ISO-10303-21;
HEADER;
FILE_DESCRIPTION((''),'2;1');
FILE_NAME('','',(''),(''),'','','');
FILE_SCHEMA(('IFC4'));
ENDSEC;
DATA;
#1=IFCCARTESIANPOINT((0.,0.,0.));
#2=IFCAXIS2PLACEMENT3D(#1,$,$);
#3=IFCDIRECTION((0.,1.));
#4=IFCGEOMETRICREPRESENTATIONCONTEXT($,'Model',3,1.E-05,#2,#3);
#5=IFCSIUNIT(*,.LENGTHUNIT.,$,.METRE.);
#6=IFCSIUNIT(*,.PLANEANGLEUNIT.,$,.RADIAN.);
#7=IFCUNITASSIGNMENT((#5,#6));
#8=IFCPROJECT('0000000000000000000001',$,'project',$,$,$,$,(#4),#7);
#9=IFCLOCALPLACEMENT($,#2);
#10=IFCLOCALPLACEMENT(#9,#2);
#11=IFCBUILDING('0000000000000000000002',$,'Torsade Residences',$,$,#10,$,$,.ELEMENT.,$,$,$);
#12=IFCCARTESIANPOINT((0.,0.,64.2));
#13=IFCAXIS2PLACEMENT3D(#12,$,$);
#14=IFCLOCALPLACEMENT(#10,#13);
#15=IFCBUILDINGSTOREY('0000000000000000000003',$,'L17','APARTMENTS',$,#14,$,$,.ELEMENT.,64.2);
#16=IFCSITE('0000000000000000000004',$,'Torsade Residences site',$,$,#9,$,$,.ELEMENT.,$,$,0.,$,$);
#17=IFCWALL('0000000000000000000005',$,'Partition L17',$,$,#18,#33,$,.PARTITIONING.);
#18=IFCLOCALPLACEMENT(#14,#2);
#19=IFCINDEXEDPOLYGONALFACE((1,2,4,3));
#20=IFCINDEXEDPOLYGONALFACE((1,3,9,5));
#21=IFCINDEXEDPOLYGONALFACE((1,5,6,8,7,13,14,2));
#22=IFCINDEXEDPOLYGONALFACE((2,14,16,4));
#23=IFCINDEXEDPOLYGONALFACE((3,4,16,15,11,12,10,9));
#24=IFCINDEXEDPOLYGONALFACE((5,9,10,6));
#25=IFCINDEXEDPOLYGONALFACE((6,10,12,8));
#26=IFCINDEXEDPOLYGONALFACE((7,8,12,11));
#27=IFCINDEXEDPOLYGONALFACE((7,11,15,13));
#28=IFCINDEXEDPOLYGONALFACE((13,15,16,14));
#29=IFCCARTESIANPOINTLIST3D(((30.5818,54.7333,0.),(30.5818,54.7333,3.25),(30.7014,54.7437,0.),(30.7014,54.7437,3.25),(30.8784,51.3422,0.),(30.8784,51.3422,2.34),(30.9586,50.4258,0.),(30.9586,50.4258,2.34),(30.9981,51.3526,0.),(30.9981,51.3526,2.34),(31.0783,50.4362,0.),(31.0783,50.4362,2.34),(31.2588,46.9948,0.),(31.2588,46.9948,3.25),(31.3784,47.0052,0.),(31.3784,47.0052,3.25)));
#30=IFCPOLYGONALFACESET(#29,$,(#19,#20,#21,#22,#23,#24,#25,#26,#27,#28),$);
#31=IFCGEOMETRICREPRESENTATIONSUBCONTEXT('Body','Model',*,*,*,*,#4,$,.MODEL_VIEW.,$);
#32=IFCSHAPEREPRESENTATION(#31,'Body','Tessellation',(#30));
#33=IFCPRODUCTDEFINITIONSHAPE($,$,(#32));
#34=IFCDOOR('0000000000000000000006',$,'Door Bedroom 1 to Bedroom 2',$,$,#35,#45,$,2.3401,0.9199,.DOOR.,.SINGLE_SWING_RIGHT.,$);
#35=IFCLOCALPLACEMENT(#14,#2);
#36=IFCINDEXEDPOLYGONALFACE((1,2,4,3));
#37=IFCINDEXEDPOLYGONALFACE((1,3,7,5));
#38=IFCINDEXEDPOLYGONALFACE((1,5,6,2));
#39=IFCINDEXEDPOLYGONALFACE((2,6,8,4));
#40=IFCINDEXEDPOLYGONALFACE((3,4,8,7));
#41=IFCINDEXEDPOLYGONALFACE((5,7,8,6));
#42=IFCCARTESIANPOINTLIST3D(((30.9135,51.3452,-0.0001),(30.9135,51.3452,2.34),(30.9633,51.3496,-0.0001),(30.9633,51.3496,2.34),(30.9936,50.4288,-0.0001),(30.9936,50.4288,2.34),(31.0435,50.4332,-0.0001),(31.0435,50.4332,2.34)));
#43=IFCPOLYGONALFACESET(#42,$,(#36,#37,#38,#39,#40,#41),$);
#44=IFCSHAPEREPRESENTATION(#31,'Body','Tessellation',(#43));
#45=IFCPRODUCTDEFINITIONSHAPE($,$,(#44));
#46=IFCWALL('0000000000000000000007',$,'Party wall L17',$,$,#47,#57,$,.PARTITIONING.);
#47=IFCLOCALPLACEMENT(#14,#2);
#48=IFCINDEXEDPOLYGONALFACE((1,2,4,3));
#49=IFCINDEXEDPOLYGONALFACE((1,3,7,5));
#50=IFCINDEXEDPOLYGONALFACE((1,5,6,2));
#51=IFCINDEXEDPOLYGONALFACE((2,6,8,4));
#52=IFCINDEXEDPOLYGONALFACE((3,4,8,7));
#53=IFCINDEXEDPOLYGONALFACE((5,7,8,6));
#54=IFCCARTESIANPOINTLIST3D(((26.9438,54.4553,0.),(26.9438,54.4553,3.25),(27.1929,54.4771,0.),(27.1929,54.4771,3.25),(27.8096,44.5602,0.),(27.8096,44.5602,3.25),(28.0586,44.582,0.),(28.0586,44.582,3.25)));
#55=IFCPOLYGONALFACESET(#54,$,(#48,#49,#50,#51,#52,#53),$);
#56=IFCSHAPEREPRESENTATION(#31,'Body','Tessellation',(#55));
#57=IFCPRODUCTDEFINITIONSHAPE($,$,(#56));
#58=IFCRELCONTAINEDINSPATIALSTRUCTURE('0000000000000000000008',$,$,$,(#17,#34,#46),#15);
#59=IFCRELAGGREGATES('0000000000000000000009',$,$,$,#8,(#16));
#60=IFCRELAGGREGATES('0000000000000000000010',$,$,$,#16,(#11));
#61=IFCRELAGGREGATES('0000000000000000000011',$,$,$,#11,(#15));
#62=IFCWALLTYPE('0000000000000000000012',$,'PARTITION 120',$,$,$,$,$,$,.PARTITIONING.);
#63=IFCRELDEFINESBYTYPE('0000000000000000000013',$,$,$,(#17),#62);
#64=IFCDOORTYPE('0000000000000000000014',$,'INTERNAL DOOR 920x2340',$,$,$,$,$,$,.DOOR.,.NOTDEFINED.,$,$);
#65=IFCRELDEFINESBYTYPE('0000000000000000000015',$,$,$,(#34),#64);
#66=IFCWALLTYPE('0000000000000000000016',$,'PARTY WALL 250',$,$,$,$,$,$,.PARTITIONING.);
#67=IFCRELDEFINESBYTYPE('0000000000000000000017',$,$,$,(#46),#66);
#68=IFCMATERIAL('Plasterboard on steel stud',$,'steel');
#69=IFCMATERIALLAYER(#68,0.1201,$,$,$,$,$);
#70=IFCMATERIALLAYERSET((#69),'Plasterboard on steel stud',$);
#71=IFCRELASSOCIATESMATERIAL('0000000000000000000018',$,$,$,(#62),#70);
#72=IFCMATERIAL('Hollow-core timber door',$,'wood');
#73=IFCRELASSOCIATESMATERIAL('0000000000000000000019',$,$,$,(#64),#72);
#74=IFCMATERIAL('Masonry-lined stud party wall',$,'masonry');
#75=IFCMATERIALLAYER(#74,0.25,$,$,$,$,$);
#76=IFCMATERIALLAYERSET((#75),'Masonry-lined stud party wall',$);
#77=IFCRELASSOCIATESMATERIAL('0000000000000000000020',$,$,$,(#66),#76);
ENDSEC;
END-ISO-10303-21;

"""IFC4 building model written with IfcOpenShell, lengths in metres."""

from ifc_helpers import new_model, si_unit, direction, frame, frame_2d, origin, place, context, subcontext, project, spatial, rectangle, extrude, material, layer, layer_set, type_object, element, fill, save


model = new_model("IFC4")

# Units and contexts
model_context = context("Model", 3, precision=1e-05, world=origin(), true_north=direction((0.0, 1.0)))
body_context = subcontext(model_context, "Body", "Model", "MODEL_VIEW")
ifc_project = project(units=[si_unit("LENGTHUNIT", "METRE"), si_unit("PLANEANGLEUNIT", "RADIAN")], contexts=[model_context])

# Site, building, storey
site_placement = place(None, origin())
site = spatial("IfcSite", under=ifc_project, at=site_placement, Name="Torsade Residences site", CompositionType="ELEMENT", RefElevation=0.0)
building_placement = place(site_placement, origin())
building = spatial("IfcBuilding", under=site, at=building_placement, Name="Torsade Residences", CompositionType="ELEMENT")
storey_placement = place(building_placement, frame((0.0, 0.0, 64.2)))
storey = spatial("IfcBuildingStorey", under=building, at=storey_placement, Name="L17", Description="APARTMENTS", CompositionType="ELEMENT", Elevation=64.2)

# Shared definitions
ifc_material_1 = material(Name="Plasterboard on steel stud", Category="steel")
ifc_layer_1 = layer(ifc_material_1, 0.1201)
ifc_layer_set_1 = layer_set([ifc_layer_1], Name="Plasterboard on steel stud")
wall_type_1 = type_object("IfcWallType", Name="PARTITION 120", PredefinedType="PARTITIONING", material=ifc_layer_set_1)
ifc_material_2 = material(Name="Hollow-core timber door", Category="wood")
door_type_1 = type_object("IfcDoorType", Name="INTERNAL DOOR 920x2340", OperationType="NOTDEFINED", PredefinedType="DOOR", material=ifc_material_2)

# Wall, opening, door
wall_1_placement = place(storey_placement, frame((31.3186, 47.0, 0.0), z_axis=(0.0, 0.0, 1.0), x_axis=(-0.087152, 0.996195, 0.0)))
wall_1 = element("IfcWall", 1, at=wall_1_placement, inside=storey, type_object=wall_type_1, Name="Partition L17", PredefinedType="PARTITIONING", context=body_context, shape_type="SweptSolid", body=[
    extrude(rectangle(XDim=7.7681, YDim=0.1201, at=frame_2d((3.884, 0.0))), origin(), (0.0, 0.0, 1.0), 3.25),
])
opening_1_placement = place(wall_1_placement, frame((3.4441, 0.0, 0.0)))
opening_1 = element("IfcOpeningElement", 2, at=opening_1_placement, cuts=wall_1, PredefinedType="OPENING", context=body_context, shape_type="SweptSolid", body=[
    extrude(rectangle(XDim=0.9199, YDim=2.3401, at=frame_2d((0.46, 1.1699))), frame((0.0, 0.0701, 0.0), z_axis=(0.0, -1.0, 0.0), x_axis=(1.0, 0.0, 0.0)), (0.0, 0.0, 1.0), 0.1401),
])
door_1_placement = place(opening_1_placement, origin())
door_1 = element("IfcDoor", 3, at=door_1_placement, inside=storey, type_object=door_type_1, Name="Door Bedroom 1 to Bedroom 2", OperationType="SINGLE_SWING_RIGHT", OverallHeight=2.3401, OverallWidth=0.9199, PredefinedType="DOOR", context=body_context, shape_type="SweptSolid", body=[
    extrude(rectangle(XDim=0.9199, YDim=2.3401, at=frame_2d((0.46, 1.1699))), frame((0.0, 0.0249, 0.0), z_axis=(0.0, -1.0, 0.0), x_axis=(1.0, 0.0, 0.0)), (0.0, 0.0, 1.0), 0.05),
])
fill(opening_1, door_1)

# Wall
ifc_material_3 = material(Name="Masonry-lined stud party wall", Category="masonry")
ifc_layer_2 = layer(ifc_material_3, 0.25)
ifc_layer_set_2 = layer_set([ifc_layer_2], Name="Masonry-lined stud party wall")
wall_type_2 = type_object("IfcWallType", Name="PARTY WALL 250", PredefinedType="PARTITIONING", material=ifc_layer_set_2)
wall_2_placement = place(storey_placement, frame((27.0684, 54.4661, 0.0), z_axis=(0.0, 0.0, 1.0), x_axis=(0.087158, -0.996195, 0.0)))
element("IfcWall", 4, at=wall_2_placement, inside=storey, type_object=wall_type_2, Name="Party wall L17", PredefinedType="PARTITIONING", context=body_context, shape_type="SweptSolid", body=[
    extrude(rectangle(XDim=9.9329, YDim=0.25, at=frame_2d((4.9663, 0.0))), origin(), (0.0, 0.0, 1.0), 3.25),
])

save(model, "model.ifc")
